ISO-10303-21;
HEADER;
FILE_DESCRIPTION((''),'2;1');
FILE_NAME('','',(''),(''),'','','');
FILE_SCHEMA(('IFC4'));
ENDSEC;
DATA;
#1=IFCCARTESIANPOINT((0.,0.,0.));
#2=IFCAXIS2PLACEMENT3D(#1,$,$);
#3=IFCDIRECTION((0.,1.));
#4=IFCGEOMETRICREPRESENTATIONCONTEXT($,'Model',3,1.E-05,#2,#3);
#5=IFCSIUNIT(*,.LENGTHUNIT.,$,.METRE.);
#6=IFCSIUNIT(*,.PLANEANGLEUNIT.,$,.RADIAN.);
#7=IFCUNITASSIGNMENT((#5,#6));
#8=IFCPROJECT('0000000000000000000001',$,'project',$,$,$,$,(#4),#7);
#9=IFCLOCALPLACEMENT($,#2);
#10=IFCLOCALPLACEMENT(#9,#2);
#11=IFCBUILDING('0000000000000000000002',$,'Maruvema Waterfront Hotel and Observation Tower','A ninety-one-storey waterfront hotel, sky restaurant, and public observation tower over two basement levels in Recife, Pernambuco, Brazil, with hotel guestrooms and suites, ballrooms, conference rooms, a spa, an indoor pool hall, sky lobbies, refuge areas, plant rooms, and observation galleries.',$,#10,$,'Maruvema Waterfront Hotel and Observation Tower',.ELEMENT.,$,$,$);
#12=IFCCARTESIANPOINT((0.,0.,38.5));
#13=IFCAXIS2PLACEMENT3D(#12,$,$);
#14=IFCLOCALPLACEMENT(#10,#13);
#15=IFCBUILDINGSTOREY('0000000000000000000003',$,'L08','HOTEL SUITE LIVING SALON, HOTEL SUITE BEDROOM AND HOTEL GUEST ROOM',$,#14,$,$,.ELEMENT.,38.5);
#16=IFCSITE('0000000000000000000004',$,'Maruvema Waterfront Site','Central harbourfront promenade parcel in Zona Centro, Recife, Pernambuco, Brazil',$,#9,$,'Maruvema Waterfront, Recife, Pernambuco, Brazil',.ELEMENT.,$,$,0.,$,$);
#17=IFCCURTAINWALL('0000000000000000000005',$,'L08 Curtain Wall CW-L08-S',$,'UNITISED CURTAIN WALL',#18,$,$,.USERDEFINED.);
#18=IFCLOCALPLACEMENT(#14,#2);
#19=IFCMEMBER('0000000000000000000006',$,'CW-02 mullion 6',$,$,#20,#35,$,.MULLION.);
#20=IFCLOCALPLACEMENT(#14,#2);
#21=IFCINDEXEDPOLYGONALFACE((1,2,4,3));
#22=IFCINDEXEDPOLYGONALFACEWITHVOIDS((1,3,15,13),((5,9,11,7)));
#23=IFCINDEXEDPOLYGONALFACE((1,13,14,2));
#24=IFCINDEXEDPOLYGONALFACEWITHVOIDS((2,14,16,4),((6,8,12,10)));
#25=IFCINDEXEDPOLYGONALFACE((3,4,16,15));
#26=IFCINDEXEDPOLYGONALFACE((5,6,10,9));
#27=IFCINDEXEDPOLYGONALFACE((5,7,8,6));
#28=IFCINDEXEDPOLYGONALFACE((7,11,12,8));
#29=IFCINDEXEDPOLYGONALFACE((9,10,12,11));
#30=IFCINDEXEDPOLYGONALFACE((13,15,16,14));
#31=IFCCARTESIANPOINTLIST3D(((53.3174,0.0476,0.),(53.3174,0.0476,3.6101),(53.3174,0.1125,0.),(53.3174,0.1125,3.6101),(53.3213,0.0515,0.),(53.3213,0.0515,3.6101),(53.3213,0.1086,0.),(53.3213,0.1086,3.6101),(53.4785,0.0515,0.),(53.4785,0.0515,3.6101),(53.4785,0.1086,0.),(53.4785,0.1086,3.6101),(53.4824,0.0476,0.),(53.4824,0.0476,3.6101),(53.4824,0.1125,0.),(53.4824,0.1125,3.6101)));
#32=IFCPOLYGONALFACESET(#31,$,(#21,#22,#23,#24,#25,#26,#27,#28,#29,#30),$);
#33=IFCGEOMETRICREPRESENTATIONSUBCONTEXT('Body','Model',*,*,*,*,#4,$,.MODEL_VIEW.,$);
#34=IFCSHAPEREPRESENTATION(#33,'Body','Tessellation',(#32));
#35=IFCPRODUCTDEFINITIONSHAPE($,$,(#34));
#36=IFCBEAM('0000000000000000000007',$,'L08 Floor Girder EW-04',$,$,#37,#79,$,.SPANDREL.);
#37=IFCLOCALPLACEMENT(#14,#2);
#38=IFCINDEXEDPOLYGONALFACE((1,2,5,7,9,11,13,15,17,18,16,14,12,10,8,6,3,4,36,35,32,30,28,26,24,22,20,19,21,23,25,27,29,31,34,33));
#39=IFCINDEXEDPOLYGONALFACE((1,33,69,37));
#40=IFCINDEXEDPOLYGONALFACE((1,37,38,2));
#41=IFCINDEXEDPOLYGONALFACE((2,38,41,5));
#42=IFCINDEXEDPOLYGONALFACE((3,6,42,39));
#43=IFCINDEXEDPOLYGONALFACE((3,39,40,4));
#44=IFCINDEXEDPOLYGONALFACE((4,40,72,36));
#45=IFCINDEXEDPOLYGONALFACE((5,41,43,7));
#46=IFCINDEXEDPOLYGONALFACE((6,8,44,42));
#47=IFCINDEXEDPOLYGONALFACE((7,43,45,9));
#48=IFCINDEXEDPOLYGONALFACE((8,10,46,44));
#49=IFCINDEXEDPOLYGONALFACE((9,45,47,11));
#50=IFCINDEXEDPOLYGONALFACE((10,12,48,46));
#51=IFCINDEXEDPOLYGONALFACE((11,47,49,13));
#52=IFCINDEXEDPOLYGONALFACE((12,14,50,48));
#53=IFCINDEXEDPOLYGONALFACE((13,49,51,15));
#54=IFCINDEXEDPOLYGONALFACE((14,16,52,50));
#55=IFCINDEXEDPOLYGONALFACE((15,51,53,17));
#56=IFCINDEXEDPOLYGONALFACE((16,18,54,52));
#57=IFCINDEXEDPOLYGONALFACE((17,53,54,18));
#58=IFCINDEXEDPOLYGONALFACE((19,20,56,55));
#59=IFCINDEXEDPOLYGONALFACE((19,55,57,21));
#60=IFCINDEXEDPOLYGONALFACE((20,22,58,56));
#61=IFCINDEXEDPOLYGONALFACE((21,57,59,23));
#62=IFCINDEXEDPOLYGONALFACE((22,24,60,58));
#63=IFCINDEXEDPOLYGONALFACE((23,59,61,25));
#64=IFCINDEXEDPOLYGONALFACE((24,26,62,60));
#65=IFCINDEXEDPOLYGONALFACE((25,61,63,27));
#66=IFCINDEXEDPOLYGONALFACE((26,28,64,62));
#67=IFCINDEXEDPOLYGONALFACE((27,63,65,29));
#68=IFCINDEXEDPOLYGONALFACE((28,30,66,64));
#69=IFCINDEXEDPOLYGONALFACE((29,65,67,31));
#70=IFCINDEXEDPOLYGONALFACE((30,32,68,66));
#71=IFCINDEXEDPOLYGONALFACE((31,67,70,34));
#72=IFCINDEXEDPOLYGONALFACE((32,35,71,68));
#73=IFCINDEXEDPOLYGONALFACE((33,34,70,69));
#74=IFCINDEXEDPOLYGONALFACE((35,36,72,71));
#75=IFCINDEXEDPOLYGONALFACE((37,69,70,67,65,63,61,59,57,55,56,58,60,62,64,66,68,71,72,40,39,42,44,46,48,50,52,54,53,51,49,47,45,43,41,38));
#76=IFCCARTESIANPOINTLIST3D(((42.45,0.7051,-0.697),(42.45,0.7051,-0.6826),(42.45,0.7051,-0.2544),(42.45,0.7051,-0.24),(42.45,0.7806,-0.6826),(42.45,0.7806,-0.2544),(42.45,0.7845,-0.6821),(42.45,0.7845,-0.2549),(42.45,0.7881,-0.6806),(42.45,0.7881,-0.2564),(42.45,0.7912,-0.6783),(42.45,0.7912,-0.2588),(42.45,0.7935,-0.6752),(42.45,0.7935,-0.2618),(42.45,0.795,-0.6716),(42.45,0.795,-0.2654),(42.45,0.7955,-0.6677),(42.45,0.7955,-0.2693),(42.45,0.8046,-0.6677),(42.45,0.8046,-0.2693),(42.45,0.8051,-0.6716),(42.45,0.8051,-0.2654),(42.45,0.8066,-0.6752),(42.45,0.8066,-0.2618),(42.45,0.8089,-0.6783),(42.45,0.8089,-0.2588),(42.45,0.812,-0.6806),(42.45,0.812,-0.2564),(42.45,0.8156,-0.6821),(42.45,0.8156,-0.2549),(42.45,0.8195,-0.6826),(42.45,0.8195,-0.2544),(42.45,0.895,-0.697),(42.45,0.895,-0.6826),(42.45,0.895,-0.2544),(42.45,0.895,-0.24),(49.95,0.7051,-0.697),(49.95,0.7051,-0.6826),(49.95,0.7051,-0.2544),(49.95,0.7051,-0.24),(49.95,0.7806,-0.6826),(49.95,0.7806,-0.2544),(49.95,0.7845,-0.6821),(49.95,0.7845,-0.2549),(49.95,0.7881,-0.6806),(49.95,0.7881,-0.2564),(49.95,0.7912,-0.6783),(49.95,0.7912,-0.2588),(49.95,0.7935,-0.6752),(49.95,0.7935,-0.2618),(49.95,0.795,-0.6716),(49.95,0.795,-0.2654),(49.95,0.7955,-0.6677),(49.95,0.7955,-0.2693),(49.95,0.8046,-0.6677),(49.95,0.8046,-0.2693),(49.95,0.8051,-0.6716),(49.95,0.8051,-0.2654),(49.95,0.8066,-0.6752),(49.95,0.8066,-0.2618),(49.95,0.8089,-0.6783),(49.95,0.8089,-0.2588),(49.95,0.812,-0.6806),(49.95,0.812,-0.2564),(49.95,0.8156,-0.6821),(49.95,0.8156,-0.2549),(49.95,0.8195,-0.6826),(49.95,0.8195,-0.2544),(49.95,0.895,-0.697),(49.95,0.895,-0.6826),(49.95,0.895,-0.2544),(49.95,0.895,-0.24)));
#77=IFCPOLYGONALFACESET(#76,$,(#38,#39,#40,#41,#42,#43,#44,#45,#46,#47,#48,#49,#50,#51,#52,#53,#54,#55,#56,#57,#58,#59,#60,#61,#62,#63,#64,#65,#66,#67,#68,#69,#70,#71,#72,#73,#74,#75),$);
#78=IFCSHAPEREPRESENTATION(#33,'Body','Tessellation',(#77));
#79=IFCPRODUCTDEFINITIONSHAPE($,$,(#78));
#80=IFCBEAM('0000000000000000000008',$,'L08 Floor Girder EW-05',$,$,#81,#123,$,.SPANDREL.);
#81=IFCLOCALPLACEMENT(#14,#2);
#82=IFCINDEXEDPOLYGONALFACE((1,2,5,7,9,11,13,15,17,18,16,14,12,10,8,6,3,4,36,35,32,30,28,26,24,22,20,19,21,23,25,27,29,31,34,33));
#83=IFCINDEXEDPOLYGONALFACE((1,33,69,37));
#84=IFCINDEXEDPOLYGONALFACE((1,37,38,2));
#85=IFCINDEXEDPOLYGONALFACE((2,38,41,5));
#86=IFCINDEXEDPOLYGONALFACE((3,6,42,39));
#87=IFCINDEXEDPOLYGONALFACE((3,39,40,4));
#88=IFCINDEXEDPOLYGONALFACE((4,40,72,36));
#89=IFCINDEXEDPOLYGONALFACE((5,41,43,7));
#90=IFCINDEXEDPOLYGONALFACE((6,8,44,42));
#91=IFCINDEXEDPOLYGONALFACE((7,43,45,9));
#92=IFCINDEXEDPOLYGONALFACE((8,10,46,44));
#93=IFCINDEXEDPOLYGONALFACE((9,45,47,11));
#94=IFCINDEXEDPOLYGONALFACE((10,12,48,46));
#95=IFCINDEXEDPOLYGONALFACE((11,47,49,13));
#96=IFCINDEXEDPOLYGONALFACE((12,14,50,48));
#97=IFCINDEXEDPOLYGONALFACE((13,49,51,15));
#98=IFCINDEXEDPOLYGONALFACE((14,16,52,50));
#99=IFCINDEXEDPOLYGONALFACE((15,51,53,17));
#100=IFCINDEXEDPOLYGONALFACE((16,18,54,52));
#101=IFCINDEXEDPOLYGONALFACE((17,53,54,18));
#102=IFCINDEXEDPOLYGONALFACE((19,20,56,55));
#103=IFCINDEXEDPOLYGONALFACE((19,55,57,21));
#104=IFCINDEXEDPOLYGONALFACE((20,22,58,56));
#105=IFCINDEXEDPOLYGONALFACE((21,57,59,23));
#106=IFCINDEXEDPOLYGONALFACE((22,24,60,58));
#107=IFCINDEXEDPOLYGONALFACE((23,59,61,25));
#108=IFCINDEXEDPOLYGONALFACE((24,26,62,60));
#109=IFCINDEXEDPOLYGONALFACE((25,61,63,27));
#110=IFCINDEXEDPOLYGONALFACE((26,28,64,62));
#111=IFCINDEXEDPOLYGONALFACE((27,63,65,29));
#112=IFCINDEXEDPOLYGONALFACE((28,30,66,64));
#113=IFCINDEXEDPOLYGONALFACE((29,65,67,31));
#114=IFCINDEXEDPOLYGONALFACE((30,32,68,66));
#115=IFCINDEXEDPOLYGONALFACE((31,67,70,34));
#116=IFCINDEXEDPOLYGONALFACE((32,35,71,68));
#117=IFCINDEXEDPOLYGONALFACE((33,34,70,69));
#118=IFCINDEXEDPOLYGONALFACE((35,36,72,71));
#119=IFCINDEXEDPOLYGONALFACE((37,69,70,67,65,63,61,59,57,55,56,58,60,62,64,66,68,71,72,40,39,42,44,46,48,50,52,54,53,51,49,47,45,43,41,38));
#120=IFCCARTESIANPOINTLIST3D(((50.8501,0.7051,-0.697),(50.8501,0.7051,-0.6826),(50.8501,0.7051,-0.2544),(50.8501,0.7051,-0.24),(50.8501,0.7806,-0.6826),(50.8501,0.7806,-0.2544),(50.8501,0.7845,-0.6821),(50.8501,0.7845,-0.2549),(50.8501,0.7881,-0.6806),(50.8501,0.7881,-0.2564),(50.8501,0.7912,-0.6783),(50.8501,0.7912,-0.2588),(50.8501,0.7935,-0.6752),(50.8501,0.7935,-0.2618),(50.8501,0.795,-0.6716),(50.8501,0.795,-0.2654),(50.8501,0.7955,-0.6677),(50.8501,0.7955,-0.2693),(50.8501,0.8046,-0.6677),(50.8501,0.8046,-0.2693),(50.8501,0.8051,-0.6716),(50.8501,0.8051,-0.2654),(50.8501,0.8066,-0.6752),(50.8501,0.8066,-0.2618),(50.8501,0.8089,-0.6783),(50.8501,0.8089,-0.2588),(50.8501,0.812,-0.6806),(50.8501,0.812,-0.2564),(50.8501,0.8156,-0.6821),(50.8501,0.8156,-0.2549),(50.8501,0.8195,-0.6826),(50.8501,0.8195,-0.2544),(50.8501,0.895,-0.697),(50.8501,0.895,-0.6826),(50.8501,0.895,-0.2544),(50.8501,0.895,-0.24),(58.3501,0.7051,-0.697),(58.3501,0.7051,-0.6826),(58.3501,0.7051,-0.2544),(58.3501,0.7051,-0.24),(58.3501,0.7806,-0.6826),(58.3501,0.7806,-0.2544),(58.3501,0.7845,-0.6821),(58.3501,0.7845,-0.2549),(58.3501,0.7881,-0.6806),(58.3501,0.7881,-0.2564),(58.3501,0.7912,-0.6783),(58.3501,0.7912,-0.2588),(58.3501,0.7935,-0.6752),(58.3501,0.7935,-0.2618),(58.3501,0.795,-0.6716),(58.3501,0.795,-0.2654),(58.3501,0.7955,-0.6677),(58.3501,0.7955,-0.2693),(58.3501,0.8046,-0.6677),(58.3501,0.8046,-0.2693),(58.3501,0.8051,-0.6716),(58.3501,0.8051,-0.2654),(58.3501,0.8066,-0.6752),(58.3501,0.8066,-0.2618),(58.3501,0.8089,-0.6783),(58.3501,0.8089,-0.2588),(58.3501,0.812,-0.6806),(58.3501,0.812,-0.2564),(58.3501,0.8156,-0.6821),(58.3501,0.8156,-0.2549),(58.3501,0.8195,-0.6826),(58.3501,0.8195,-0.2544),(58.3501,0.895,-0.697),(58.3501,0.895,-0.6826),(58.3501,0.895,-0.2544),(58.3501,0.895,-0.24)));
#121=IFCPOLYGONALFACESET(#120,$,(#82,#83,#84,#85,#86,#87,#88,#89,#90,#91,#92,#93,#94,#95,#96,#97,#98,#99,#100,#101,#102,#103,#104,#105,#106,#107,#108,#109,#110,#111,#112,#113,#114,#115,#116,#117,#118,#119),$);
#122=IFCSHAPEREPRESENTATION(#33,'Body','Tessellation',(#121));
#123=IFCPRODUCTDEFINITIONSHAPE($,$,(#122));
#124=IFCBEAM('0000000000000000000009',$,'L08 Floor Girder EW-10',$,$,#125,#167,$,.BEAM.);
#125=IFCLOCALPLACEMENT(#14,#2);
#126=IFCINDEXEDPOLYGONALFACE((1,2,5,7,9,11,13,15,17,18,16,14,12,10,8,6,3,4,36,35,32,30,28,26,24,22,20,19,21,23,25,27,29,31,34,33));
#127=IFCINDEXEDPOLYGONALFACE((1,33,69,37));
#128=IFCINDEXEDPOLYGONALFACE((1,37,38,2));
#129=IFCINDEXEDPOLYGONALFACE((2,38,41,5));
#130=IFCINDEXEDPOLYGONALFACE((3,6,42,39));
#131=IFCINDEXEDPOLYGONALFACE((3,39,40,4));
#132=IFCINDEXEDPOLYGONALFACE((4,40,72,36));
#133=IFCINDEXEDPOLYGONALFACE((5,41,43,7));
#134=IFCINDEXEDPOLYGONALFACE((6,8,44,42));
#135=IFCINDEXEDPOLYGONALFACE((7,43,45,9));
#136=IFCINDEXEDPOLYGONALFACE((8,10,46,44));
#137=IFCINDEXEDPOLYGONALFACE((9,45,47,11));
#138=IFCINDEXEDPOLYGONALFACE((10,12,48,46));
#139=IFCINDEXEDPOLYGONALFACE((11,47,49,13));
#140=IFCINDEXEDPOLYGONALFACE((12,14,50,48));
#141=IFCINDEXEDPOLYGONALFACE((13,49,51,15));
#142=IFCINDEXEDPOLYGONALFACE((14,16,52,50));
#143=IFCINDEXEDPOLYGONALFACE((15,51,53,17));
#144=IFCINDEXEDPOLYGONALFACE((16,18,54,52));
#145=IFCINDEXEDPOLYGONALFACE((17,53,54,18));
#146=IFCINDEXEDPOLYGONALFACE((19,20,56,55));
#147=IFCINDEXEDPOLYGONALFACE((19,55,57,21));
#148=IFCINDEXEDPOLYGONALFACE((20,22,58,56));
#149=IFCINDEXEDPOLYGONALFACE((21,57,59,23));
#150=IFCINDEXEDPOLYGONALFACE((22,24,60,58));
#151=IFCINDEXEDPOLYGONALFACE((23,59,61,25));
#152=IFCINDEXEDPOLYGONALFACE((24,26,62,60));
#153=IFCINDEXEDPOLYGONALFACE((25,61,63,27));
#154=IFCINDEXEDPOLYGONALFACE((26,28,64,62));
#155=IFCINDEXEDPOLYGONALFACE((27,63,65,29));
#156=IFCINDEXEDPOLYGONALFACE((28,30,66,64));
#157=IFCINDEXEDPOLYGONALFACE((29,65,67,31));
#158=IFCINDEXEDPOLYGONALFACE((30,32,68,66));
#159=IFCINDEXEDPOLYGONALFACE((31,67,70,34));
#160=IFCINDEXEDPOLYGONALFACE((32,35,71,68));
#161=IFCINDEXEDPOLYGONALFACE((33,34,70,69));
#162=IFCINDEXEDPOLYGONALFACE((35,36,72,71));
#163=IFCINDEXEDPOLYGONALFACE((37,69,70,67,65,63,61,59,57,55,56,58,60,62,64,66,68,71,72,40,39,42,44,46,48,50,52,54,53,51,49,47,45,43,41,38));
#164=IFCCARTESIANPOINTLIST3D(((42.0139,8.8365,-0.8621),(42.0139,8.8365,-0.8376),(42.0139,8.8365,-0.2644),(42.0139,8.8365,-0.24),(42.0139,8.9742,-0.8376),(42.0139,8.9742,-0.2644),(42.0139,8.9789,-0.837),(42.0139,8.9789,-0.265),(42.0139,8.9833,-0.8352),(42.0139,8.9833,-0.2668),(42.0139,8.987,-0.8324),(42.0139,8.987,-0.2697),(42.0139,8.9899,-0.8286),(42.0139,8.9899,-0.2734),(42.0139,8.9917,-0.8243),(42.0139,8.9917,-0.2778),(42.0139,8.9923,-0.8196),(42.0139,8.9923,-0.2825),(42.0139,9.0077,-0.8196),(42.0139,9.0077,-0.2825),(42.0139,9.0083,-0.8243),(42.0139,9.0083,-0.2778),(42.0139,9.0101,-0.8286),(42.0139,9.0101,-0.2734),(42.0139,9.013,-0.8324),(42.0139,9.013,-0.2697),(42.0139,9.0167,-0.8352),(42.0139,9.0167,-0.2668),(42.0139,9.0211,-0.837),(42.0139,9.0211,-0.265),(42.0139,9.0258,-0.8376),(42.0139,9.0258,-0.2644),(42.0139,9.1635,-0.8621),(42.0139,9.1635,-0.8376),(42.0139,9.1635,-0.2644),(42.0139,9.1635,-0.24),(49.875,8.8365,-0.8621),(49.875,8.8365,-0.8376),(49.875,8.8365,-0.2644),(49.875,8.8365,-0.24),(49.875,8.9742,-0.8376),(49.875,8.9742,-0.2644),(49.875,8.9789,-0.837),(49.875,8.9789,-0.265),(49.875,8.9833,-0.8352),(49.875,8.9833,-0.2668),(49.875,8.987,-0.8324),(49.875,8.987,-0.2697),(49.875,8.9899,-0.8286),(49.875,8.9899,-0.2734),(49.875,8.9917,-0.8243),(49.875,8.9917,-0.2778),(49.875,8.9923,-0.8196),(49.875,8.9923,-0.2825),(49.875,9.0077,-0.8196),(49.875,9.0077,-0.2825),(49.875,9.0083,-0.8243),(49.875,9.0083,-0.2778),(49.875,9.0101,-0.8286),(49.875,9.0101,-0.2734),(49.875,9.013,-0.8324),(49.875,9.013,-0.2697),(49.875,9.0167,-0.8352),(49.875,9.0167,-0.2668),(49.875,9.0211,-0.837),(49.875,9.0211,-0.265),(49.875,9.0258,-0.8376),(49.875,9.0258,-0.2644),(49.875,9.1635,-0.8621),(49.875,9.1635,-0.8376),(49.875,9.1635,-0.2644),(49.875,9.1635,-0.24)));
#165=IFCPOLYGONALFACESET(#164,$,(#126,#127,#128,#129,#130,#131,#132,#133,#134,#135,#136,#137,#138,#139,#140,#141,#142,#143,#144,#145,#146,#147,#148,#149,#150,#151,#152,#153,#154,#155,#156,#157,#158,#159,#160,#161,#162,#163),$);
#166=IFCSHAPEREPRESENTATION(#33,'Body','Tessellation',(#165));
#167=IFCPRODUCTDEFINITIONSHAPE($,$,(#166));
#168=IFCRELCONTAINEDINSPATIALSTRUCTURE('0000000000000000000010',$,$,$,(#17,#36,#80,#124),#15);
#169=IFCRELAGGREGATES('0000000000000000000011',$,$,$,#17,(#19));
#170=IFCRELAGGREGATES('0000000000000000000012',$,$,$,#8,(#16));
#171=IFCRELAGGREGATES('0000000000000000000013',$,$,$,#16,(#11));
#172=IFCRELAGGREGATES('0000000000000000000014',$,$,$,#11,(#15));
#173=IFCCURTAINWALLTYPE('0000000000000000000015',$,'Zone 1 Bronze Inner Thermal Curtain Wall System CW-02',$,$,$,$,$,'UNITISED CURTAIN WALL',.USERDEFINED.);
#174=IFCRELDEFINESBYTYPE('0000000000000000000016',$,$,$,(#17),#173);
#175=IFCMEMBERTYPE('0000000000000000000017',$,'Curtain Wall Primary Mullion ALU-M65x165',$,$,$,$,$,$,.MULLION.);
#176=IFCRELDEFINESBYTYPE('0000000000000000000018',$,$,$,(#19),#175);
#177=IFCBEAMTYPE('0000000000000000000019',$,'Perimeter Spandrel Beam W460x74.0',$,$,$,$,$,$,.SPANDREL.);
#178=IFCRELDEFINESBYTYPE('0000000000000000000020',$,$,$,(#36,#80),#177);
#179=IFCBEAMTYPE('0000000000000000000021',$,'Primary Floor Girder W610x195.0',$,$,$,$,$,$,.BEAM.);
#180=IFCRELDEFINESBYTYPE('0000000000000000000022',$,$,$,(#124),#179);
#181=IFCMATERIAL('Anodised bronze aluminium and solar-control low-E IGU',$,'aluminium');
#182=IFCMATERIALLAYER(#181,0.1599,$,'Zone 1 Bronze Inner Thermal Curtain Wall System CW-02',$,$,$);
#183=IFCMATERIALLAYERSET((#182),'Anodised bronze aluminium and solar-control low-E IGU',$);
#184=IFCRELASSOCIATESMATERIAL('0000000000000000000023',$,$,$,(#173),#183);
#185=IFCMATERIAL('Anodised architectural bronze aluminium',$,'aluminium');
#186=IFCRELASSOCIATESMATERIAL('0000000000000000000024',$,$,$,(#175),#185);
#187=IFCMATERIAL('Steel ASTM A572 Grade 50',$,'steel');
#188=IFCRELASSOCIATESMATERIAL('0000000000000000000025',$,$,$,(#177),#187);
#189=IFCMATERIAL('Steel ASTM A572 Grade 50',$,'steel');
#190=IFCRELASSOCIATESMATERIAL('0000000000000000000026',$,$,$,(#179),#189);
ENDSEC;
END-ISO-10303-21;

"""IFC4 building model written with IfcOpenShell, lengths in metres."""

from ifc_helpers import new_model, si_unit, direction, frame, origin, origin_2d, place, context, subcontext, project, spatial, hollow_rectangle, i_section, extrude, material, layer, layer_set, material_profile, profile_set, type_object, element, aggregate, save


model = new_model("IFC4")

# Units and contexts
model_context = context("Model", 3, precision=1e-05, world=origin(), true_north=direction((0.0, 1.0)))
body_context = subcontext(model_context, "Body", "Model", "MODEL_VIEW")
ifc_project = project(units=[si_unit("LENGTHUNIT", "METRE"), si_unit("PLANEANGLEUNIT", "RADIAN")], contexts=[model_context])

# Site, building, storey
site_placement = place(None, origin())
site = spatial("IfcSite", under=ifc_project, at=site_placement, Name="Maruvema Waterfront Site", Description="Central harbourfront promenade parcel in Zona Centro, Recife, Pernambuco, Brazil", LongName="Maruvema Waterfront, Recife, Pernambuco, Brazil", CompositionType="ELEMENT", RefElevation=0.0)
building_placement = place(site_placement, origin())
building = spatial("IfcBuilding", under=site, at=building_placement, Name="Maruvema Waterfront Hotel and Observation Tower", Description="A ninety-one-storey waterfront hotel, sky restaurant, and public observation tower over two basement levels in Recife, Pernambuco, Brazil, with hotel guestrooms and suites, ballrooms, conference rooms, a spa, an indoor pool hall, sky lobbies, refuge areas, plant rooms, and observation galleries.", LongName="Maruvema Waterfront Hotel and Observation Tower", CompositionType="ELEMENT")
storey_placement = place(building_placement, frame((0.0, 0.0, 38.5)))
storey = spatial("IfcBuildingStorey", under=building, at=storey_placement, Name="L08", Description="HOTEL SUITE LIVING SALON, HOTEL SUITE BEDROOM AND HOTEL GUEST ROOM", CompositionType="ELEMENT", Elevation=38.5)

# Curtain wall, member
ifc_material_1 = material(Name="Anodised bronze aluminium and solar-control low-E IGU", Category="aluminium")
ifc_layer_1 = layer(ifc_material_1, 0.1599, Name="Zone 1 Bronze Inner Thermal Curtain Wall System CW-02")
ifc_layer_set_1 = layer_set([ifc_layer_1], Name="Anodised bronze aluminium and solar-control low-E IGU")
curtain_wall_type = type_object("IfcCurtainWallType", Name="Zone 1 Bronze Inner Thermal Curtain Wall System CW-02", ElementType="UNITISED CURTAIN WALL", PredefinedType="USERDEFINED", material=ifc_layer_set_1)
curtain_wall_placement = place(storey_placement, origin())
curtain_wall = element("IfcCurtainWall", 1, at=curtain_wall_placement, inside=storey, type_object=curtain_wall_type, Name="L08 Curtain Wall CW-L08-S", ObjectType="UNITISED CURTAIN WALL", PredefinedType="USERDEFINED")
ifc_material_2 = material(Name="Anodised architectural bronze aluminium", Category="aluminium")
ifc_material_profile_1 = material_profile(ifc_material_2, hollow_rectangle(XDim=0.0649, YDim=0.165, WallThickness=0.0039, at=origin_2d()), Name="ALU-M65x165")
ifc_profile_set_1 = profile_set([ifc_material_profile_1], Name="Anodised architectural bronze aluminium")
member_type_1 = type_object("IfcMemberType", Name="Curtain Wall Primary Mullion ALU-M65x165", PredefinedType="MULLION", material=ifc_profile_set_1)
member_1_placement = place(storey_placement, frame((53.3999, 0.0801, 0.0), z_axis=(0.0, 0.0, 1.0), x_axis=(0.0, 1.0, 0.0)))
member_1 = element("IfcMember", 2, at=member_1_placement, type_object=member_type_1, Name="CW-02 mullion 6", PredefinedType="MULLION", context=body_context, shape_type="SweptSolid", body=[
    extrude(hollow_rectangle(XDim=0.0649, YDim=0.165, WallThickness=0.0039, at=origin_2d()), origin(), (0.0, 0.0, 1.0), 3.6101),
])

# Beams
ifc_material_3 = material(Name="Steel ASTM A572 Grade 50", Category="steel")
ifc_material_profile_2 = material_profile(ifc_material_3, i_section(OverallWidth=0.1899, OverallDepth=0.457, WebThickness=0.009, FlangeThickness=0.0144, FilletRadius=0.0149, at=origin_2d()), Name="W460x74.0")
ifc_profile_set_2 = profile_set([ifc_material_profile_2], Name="Steel ASTM A572 Grade 50")
beam_type_1 = type_object("IfcBeamType", Name="Perimeter Spandrel Beam W460x74.0", PredefinedType="SPANDREL", material=ifc_profile_set_2)
for number, where, z_axis, x_axis, name in (
    (3, (42.45, 0.8, -0.4685), (1.0, 0.0, 0.0), (0.0, 1.0, 0.0), "L08 Floor Girder EW-04"),
    (4, (50.8501, 0.8, -0.4685), (1.0, 0.0, 0.0), (0.0, 1.0, 0.0), "L08 Floor Girder EW-05"),
):
    element("IfcBeam", number, at=place(storey_placement, frame(where, z_axis=z_axis, x_axis=x_axis)), inside=storey, type_object=beam_type_1, Name=name, PredefinedType="SPANDREL", context=body_context, shape_type="SweptSolid", body=[
        extrude(i_section(OverallWidth=0.1899, OverallDepth=0.457, WebThickness=0.009, FlangeThickness=0.0144, FilletRadius=0.0149, at=origin_2d()), origin(), (0.0, 0.0, 1.0), 7.5),
    ])
ifc_material_4 = material(Name="Steel ASTM A572 Grade 50", Category="steel")
ifc_material_profile_3 = material_profile(ifc_material_4, i_section(OverallWidth=0.3269, OverallDepth=0.6221, WebThickness=0.0154, FlangeThickness=0.0244, FilletRadius=0.0181, at=origin_2d()), Name="W610x195.0")
ifc_profile_set_3 = profile_set([ifc_material_profile_3], Name="Steel ASTM A572 Grade 50")
beam_type_2 = type_object("IfcBeamType", Name="Primary Floor Girder W610x195.0", PredefinedType="BEAM", material=ifc_profile_set_3)
beam_1_placement = place(storey_placement, frame((42.0139, 9.0, -0.551), z_axis=(1.0, 0.0, 0.0), x_axis=(0.0, 1.0, 0.0)))
element("IfcBeam", 5, at=beam_1_placement, inside=storey, type_object=beam_type_2, Name="L08 Floor Girder EW-10", PredefinedType="BEAM", context=body_context, shape_type="SweptSolid", body=[
    extrude(i_section(OverallWidth=0.3269, OverallDepth=0.6221, WebThickness=0.0154, FlangeThickness=0.0244, FilletRadius=0.0181, at=origin_2d()), origin(), (0.0, 0.0, 1.0), 7.8611),
])

aggregate(curtain_wall, [member_1])

save(model, "model.ifc")
